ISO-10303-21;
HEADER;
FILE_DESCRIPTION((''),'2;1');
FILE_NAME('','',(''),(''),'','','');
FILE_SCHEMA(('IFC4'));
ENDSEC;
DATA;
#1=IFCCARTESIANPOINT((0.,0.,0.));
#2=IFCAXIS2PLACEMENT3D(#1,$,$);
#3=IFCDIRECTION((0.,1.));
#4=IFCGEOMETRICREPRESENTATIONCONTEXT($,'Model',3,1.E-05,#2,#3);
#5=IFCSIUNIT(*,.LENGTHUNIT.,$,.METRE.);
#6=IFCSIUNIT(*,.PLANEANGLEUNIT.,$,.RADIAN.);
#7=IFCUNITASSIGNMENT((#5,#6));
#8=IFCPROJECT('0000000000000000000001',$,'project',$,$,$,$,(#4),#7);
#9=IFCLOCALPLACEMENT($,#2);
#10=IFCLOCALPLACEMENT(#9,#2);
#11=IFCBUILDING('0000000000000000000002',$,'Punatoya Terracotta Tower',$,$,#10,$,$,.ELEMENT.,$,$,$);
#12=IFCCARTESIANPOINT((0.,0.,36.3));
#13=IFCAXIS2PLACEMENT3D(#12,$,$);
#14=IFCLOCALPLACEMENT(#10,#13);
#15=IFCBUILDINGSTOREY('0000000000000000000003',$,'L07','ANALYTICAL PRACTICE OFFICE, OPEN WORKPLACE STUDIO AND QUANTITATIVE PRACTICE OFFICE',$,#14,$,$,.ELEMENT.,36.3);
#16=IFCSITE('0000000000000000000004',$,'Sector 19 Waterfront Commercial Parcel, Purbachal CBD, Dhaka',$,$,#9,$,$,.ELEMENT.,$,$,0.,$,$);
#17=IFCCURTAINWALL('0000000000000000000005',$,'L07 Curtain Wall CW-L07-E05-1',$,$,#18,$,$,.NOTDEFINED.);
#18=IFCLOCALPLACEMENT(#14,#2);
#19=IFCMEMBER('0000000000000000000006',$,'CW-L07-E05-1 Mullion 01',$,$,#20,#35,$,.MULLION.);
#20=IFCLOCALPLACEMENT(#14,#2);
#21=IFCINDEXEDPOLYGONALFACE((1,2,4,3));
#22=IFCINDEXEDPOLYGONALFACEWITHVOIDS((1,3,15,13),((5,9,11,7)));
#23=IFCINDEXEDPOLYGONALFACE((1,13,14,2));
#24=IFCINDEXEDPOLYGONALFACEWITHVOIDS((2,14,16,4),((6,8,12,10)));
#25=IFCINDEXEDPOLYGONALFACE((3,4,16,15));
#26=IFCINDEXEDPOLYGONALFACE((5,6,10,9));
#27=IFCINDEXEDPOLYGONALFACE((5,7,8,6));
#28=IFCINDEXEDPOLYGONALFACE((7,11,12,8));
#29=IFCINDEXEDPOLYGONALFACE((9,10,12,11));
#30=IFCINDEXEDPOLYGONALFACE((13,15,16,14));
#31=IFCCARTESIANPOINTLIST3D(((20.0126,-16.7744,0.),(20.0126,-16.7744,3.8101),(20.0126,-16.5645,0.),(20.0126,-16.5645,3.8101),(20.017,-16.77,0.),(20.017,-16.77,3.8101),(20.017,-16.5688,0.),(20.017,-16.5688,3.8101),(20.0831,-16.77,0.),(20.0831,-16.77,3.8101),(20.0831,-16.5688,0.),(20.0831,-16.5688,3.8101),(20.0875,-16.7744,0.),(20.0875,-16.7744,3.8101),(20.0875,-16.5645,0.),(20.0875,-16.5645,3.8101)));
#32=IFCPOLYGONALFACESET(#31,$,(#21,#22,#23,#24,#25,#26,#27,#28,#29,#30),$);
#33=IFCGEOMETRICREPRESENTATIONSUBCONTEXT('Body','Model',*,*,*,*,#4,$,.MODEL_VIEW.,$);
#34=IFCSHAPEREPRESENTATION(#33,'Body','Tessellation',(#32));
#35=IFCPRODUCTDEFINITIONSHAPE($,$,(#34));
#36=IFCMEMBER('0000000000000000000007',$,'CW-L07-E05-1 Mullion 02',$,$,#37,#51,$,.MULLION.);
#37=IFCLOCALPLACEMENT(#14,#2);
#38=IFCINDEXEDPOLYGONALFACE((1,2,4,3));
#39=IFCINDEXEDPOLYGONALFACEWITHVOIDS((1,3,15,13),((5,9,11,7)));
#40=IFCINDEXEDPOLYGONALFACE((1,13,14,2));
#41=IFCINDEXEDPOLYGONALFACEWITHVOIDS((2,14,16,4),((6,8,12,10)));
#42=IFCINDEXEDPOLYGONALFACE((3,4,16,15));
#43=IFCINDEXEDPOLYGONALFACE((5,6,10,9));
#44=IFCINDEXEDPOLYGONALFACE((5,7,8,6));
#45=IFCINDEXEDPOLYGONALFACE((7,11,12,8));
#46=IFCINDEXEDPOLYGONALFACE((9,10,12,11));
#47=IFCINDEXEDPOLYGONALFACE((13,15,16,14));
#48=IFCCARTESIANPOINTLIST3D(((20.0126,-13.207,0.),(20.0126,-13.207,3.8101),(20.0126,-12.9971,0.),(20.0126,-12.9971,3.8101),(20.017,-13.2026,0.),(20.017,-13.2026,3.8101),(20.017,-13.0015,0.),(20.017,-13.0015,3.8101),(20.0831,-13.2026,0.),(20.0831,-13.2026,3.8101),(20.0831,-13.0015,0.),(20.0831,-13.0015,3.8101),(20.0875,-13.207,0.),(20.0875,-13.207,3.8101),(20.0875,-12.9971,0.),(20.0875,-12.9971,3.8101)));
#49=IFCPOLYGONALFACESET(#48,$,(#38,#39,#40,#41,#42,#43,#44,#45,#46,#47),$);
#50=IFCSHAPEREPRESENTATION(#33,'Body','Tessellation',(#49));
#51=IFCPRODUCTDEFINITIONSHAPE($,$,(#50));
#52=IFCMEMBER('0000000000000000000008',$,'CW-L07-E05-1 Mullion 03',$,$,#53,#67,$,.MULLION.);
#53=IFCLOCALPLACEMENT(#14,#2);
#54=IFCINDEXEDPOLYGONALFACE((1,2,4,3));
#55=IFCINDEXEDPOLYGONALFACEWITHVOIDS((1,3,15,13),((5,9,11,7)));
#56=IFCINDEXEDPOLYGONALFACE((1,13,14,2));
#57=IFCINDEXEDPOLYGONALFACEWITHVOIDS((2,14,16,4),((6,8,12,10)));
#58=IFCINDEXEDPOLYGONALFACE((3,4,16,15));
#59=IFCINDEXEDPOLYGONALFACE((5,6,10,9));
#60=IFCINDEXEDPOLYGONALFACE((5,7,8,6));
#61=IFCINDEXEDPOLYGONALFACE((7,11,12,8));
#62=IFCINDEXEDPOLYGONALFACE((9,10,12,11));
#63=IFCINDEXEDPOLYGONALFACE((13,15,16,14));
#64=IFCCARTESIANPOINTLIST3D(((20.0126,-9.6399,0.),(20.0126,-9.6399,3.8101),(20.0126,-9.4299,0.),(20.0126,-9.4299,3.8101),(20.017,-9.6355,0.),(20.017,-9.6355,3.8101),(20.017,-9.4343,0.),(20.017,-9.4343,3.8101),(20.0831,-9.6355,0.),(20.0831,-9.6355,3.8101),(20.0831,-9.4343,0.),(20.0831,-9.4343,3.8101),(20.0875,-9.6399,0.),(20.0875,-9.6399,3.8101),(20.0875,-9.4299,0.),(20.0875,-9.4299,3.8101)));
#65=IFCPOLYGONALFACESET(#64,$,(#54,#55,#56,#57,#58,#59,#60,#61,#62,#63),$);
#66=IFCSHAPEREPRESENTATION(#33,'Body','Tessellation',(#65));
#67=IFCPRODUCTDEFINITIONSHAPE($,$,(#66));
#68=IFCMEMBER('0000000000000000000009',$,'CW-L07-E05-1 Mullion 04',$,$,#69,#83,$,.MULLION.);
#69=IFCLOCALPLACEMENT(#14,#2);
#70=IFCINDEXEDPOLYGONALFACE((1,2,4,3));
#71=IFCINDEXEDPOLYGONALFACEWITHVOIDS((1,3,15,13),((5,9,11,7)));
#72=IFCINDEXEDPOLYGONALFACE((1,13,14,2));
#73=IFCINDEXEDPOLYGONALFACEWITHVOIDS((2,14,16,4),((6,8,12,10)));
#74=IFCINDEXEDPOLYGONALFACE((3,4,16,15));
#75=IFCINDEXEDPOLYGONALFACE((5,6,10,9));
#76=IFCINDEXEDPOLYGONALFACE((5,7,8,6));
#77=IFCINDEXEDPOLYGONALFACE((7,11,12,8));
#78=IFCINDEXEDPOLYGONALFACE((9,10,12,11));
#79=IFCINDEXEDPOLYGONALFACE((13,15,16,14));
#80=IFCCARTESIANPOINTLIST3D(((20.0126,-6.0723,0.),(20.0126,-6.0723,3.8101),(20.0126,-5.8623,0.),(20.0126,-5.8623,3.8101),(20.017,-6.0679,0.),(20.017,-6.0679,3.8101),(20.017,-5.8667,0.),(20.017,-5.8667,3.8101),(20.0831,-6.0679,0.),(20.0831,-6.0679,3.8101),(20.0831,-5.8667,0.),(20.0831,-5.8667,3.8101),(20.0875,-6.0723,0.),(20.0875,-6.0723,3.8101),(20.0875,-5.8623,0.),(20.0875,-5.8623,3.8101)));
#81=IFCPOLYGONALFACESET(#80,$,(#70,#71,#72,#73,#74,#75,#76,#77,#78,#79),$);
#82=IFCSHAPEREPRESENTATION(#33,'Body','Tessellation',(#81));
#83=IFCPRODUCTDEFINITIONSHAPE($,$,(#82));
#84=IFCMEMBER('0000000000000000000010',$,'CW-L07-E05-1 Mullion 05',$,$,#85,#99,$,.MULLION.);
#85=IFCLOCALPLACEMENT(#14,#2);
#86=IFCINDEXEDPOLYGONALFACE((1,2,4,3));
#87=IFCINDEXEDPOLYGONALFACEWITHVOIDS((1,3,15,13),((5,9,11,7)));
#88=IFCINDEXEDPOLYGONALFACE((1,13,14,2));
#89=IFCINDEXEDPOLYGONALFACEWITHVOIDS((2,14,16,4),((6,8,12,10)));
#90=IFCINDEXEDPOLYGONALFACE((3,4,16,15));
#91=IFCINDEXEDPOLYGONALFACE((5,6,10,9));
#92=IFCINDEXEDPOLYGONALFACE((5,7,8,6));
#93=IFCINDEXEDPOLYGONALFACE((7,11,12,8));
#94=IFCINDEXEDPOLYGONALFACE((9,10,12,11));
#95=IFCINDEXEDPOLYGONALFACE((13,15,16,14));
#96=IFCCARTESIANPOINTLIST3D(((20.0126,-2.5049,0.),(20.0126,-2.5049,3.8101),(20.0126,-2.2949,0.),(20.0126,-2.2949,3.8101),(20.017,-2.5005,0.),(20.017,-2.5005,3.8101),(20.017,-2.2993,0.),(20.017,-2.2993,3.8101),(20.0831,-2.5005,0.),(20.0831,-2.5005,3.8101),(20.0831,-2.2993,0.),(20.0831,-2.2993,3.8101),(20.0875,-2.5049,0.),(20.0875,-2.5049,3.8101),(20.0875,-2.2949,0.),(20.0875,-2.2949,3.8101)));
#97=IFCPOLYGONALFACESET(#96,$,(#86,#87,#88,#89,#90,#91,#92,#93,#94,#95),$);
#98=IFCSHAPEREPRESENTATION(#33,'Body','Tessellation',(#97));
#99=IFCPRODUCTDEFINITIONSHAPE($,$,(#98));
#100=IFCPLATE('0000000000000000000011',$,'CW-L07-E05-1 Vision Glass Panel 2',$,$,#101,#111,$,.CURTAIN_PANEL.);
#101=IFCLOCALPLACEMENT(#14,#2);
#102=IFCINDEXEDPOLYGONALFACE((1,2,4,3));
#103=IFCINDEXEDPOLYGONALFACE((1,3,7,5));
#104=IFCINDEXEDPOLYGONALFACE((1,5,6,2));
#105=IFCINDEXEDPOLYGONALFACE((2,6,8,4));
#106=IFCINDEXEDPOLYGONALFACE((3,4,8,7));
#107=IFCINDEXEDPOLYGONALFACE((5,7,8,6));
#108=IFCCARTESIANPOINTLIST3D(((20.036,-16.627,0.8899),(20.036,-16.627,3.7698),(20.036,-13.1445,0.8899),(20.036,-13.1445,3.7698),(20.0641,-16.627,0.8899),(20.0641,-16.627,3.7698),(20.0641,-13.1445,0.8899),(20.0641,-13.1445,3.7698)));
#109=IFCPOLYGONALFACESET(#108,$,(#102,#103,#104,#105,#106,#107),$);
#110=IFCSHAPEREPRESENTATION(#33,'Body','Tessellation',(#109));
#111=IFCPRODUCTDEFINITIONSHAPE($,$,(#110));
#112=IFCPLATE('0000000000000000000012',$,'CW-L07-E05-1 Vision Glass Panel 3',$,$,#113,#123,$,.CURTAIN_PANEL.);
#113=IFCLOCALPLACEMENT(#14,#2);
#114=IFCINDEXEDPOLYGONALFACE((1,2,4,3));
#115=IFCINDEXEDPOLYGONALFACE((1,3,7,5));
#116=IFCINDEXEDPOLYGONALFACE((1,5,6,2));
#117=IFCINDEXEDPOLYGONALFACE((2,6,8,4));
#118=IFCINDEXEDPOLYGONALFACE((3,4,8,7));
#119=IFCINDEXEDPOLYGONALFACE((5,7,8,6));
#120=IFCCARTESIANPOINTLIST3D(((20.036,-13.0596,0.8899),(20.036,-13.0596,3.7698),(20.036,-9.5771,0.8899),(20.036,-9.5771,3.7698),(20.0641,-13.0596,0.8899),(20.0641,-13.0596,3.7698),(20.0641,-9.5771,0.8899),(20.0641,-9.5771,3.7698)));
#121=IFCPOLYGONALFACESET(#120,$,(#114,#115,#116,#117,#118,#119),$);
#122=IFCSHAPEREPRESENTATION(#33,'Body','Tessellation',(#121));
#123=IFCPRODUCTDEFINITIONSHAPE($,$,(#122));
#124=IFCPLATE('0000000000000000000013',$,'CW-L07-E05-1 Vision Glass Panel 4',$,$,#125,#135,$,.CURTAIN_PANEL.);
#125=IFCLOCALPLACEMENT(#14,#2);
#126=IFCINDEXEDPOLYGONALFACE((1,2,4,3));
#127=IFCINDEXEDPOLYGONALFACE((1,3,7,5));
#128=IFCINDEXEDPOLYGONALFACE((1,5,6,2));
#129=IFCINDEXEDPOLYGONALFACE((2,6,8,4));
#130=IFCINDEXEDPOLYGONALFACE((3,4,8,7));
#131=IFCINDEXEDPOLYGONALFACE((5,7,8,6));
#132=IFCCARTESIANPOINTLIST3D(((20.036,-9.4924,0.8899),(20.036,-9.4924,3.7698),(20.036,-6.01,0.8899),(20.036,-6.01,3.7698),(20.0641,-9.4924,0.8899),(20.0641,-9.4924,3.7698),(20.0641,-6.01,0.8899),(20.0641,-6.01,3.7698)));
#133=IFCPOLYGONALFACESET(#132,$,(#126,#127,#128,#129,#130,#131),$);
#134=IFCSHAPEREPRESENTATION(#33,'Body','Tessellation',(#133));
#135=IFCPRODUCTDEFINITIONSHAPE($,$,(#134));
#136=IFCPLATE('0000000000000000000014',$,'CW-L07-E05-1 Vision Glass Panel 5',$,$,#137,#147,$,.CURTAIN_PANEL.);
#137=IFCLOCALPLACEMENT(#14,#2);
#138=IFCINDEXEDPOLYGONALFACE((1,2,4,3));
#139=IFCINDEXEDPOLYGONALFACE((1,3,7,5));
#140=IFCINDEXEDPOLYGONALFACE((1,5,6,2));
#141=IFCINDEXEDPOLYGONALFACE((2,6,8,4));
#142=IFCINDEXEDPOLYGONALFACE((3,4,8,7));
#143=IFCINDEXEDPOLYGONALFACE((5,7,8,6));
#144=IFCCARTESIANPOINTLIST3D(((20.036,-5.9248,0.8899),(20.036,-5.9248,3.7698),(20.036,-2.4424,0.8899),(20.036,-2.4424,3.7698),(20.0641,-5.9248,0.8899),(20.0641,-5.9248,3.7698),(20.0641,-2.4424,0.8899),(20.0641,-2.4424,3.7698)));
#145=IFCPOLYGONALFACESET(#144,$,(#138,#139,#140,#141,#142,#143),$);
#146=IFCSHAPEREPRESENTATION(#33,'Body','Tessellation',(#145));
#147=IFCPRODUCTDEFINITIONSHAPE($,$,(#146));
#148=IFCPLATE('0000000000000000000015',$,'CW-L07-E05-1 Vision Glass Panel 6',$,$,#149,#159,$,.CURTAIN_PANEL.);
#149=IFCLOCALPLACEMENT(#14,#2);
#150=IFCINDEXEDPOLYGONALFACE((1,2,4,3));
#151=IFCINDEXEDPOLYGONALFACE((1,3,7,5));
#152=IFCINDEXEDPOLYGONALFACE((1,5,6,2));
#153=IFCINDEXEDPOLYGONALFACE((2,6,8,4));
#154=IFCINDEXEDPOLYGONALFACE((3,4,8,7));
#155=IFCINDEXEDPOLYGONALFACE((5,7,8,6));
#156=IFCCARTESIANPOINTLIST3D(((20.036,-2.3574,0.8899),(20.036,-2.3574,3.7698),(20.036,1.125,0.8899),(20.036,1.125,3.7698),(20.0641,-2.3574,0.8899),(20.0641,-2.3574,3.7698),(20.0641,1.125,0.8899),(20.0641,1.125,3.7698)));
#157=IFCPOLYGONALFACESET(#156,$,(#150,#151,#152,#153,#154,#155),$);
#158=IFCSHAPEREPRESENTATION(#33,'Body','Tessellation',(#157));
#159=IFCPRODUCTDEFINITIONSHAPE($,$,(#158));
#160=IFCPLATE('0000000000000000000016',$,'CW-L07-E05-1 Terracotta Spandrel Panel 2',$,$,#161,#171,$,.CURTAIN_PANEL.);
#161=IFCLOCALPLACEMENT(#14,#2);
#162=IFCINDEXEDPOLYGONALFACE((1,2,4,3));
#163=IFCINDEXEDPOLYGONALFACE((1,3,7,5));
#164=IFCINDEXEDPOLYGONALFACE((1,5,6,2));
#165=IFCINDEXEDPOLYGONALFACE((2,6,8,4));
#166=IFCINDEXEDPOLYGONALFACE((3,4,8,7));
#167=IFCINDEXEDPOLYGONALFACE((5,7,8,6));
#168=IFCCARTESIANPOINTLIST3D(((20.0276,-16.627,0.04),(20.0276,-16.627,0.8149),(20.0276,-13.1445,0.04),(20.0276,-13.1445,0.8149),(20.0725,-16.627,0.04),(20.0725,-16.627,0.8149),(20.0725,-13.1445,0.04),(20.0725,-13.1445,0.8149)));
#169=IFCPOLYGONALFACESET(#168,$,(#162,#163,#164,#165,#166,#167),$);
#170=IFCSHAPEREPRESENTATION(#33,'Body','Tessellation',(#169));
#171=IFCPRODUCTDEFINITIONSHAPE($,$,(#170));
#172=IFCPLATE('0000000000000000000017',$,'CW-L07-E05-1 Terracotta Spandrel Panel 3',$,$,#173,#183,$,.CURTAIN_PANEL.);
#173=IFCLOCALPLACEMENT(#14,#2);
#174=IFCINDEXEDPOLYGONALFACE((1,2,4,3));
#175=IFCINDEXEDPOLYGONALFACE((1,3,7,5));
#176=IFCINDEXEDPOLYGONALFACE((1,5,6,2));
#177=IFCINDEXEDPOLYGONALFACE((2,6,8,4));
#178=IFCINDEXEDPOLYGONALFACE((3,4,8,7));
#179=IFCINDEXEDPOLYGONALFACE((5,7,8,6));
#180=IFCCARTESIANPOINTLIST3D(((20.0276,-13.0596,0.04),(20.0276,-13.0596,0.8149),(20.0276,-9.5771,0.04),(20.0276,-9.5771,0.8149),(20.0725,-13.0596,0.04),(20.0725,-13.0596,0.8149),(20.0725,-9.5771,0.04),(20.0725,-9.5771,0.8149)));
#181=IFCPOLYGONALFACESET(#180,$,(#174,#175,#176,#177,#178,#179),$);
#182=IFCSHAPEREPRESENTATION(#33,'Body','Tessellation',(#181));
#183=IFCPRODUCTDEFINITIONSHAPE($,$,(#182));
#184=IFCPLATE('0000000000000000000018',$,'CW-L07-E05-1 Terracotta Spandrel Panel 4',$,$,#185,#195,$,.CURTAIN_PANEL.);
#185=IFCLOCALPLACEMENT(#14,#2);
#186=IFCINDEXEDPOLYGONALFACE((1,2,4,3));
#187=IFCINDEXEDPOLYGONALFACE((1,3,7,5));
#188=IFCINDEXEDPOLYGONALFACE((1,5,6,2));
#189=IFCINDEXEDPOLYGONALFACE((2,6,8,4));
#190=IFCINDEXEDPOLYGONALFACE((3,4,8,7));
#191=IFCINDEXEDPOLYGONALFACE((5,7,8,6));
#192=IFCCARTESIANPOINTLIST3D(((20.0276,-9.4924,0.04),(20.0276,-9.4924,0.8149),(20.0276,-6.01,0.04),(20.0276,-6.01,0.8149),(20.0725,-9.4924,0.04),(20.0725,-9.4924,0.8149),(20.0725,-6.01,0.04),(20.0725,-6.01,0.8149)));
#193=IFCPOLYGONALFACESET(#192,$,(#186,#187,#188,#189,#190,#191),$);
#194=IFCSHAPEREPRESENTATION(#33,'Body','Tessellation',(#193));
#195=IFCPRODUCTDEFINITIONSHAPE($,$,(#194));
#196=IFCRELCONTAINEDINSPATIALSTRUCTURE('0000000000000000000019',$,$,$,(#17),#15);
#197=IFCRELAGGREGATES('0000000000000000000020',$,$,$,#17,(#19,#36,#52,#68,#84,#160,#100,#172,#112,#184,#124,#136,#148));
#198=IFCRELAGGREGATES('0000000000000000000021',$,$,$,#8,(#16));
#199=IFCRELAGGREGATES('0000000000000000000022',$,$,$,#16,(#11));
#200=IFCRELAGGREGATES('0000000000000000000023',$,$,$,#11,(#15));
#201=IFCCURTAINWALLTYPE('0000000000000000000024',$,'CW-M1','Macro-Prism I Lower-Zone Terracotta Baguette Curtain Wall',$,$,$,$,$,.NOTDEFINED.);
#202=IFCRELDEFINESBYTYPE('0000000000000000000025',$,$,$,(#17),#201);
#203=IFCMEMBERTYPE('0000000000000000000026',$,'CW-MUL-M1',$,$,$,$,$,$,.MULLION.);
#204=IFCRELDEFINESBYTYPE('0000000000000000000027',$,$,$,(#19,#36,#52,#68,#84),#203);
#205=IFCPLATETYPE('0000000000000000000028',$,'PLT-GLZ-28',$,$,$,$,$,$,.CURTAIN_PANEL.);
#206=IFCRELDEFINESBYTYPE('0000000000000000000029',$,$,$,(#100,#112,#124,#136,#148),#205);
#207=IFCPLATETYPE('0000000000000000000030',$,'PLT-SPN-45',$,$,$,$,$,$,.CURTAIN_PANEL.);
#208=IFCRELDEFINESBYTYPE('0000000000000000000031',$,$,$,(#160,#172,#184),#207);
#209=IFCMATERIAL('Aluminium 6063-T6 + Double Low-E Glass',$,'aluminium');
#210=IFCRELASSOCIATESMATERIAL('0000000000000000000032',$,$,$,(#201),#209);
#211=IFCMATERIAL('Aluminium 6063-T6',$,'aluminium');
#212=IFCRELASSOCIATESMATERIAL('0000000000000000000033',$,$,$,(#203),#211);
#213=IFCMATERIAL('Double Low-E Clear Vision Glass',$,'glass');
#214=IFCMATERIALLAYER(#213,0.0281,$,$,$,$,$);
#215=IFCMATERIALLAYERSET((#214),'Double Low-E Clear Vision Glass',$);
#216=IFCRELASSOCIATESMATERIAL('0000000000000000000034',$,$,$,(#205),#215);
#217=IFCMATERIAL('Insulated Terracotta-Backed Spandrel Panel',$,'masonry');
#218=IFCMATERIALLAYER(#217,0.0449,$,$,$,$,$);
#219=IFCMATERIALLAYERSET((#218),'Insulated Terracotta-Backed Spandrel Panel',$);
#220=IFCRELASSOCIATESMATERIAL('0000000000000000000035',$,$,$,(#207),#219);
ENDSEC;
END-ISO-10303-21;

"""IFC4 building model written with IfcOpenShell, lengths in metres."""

from ifc_helpers import new_model, si_unit, direction, frame, origin, origin_2d, place, context, subcontext, project, spatial, rectangle, hollow_rectangle, extrude, material, layer, layer_set, material_profile, profile_set, type_object, element, aggregate, save


model = new_model("IFC4")

# Units and contexts
model_context = context("Model", 3, precision=1e-05, world=origin(), true_north=direction((0.0, 1.0)))
body_context = subcontext(model_context, "Body", "Model", "MODEL_VIEW")
ifc_project = project(units=[si_unit("LENGTHUNIT", "METRE"), si_unit("PLANEANGLEUNIT", "RADIAN")], contexts=[model_context])

# Site, building, storey
site_placement = place(None, origin())
site = spatial("IfcSite", under=ifc_project, at=site_placement, Name="Sector 19 Waterfront Commercial Parcel, Purbachal CBD, Dhaka", CompositionType="ELEMENT", RefElevation=0.0)
building_placement = place(site_placement, origin())
building = spatial("IfcBuilding", under=site, at=building_placement, Name="Punatoya Terracotta Tower", CompositionType="ELEMENT")
storey_placement = place(building_placement, frame((0.0, 0.0, 36.3)))
storey = spatial("IfcBuildingStorey", under=building, at=storey_placement, Name="L07", Description="ANALYTICAL PRACTICE OFFICE, OPEN WORKPLACE STUDIO AND QUANTITATIVE PRACTICE OFFICE", CompositionType="ELEMENT", Elevation=36.3)

# Curtain wall, members, plates
ifc_material_1 = material(Name="Aluminium 6063-T6 + Double Low-E Glass", Category="aluminium")
curtain_wall_type = type_object("IfcCurtainWallType", Name="CW-M1", Description="Macro-Prism I Lower-Zone Terracotta Baguette Curtain Wall", PredefinedType="NOTDEFINED", material=ifc_material_1)
curtain_wall_placement = place(storey_placement, origin())
curtain_wall = element("IfcCurtainWall", 1, at=curtain_wall_placement, inside=storey, type_object=curtain_wall_type, Name="L07 Curtain Wall CW-L07-E05-1", PredefinedType="NOTDEFINED")
ifc_material_2 = material(Name="Aluminium 6063-T6", Category="aluminium")
ifc_material_profile_1 = material_profile(ifc_material_2, hollow_rectangle(XDim=0.075, YDim=0.21, WallThickness=0.0044, at=origin_2d()))
ifc_profile_set_1 = profile_set([ifc_material_profile_1], Name="Aluminium 6063-T6")
member_type = type_object("IfcMemberType", Name="CW-MUL-M1", PredefinedType="MULLION", material=ifc_profile_set_1)
member_1_placement = place(storey_placement, frame((20.05, -16.6694, 0.0), z_axis=(0.0, 0.0, 1.0), x_axis=(1.0, 0.0, 0.0)))
member_1 = element("IfcMember", 2, at=member_1_placement, type_object=member_type, Name="CW-L07-E05-1 Mullion 01", PredefinedType="MULLION", context=body_context, shape_type="SweptSolid", body=[
    extrude(hollow_rectangle(XDim=0.075, YDim=0.21, WallThickness=0.0044, at=origin_2d()), origin(), (0.0, 0.0, 1.0), 3.8101),
])
member_2_placement = place(storey_placement, frame((20.05, -13.1021, 0.0), z_axis=(0.0, 0.0, 1.0), x_axis=(1.0, 0.0, 0.0)))
member_2 = element("IfcMember", 3, at=member_2_placement, type_object=member_type, Name="CW-L07-E05-1 Mullion 02", PredefinedType="MULLION", context=body_context, shape_type="SweptSolid", body=[
    extrude(hollow_rectangle(XDim=0.075, YDim=0.21, WallThickness=0.0044, at=origin_2d()), origin(), (0.0, 0.0, 1.0), 3.8101),
])
member_3_placement = place(storey_placement, frame((20.05, -9.5349, 0.0), z_axis=(0.0, 0.0, 1.0), x_axis=(1.0, 0.0, 0.0)))
member_3 = element("IfcMember", 4, at=member_3_placement, type_object=member_type, Name="CW-L07-E05-1 Mullion 03", PredefinedType="MULLION", context=body_context, shape_type="SweptSolid", body=[
    extrude(hollow_rectangle(XDim=0.075, YDim=0.21, WallThickness=0.0044, at=origin_2d()), origin(), (0.0, 0.0, 1.0), 3.8101),
])
member_4_placement = place(storey_placement, frame((20.05, -5.9673, 0.0), z_axis=(0.0, 0.0, 1.0), x_axis=(1.0, 0.0, 0.0)))
member_4 = element("IfcMember", 5, at=member_4_placement, type_object=member_type, Name="CW-L07-E05-1 Mullion 04", PredefinedType="MULLION", context=body_context, shape_type="SweptSolid", body=[
    extrude(hollow_rectangle(XDim=0.075, YDim=0.21, WallThickness=0.0044, at=origin_2d()), origin(), (0.0, 0.0, 1.0), 3.8101),
])
member_5_placement = place(storey_placement, frame((20.05, -2.3999, 0.0), z_axis=(0.0, 0.0, 1.0), x_axis=(1.0, 0.0, 0.0)))
member_5 = element("IfcMember", 6, at=member_5_placement, type_object=member_type, Name="CW-L07-E05-1 Mullion 05", PredefinedType="MULLION", context=body_context, shape_type="SweptSolid", body=[
    extrude(hollow_rectangle(XDim=0.075, YDim=0.21, WallThickness=0.0044, at=origin_2d()), origin(), (0.0, 0.0, 1.0), 3.8101),
])
ifc_material_3 = material(Name="Double Low-E Clear Vision Glass", Category="glass")
ifc_layer_1 = layer(ifc_material_3, 0.0281)
ifc_layer_set_1 = layer_set([ifc_layer_1], Name="Double Low-E Clear Vision Glass")
plate_type_1 = type_object("IfcPlateType", Name="PLT-GLZ-28", PredefinedType="CURTAIN_PANEL", material=ifc_layer_set_1)
plate_1_placement = place(storey_placement, frame((20.05, -14.8857, 0.8899), z_axis=(0.0, 0.0, 1.0), x_axis=(0.0, 1.0, 0.0)))
plate_1 = element("IfcPlate", 7, at=plate_1_placement, type_object=plate_type_1, Name="CW-L07-E05-1 Vision Glass Panel 2", PredefinedType="CURTAIN_PANEL", context=body_context, shape_type="SweptSolid", body=[
    extrude(rectangle(XDim=3.4824, YDim=0.0281, at=origin_2d()), origin(), (0.0, 0.0, 1.0), 2.8799),
])
plate_2_placement = place(storey_placement, frame((20.05, -11.3184, 0.8899), z_axis=(0.0, 0.0, 1.0), x_axis=(0.0, 1.0, 0.0)))
plate_2 = element("IfcPlate", 8, at=plate_2_placement, type_object=plate_type_1, Name="CW-L07-E05-1 Vision Glass Panel 3", PredefinedType="CURTAIN_PANEL", context=body_context, shape_type="SweptSolid", body=[
    extrude(rectangle(XDim=3.4824, YDim=0.0281, at=origin_2d()), origin(), (0.0, 0.0, 1.0), 2.8799),
])
plate_3_placement = place(storey_placement, frame((20.05, -7.7512, 0.8899), z_axis=(0.0, 0.0, 1.0), x_axis=(0.0, 1.0, 0.0)))
plate_3 = element("IfcPlate", 9, at=plate_3_placement, type_object=plate_type_1, Name="CW-L07-E05-1 Vision Glass Panel 4", PredefinedType="CURTAIN_PANEL", context=body_context, shape_type="SweptSolid", body=[
    extrude(rectangle(XDim=3.4824, YDim=0.0281, at=origin_2d()), origin(), (0.0, 0.0, 1.0), 2.8799),
])
plate_4_placement = place(storey_placement, frame((20.05, -4.1836, 0.8899), z_axis=(0.0, 0.0, 1.0), x_axis=(0.0, 1.0, 0.0)))
plate_4 = element("IfcPlate", 10, at=plate_4_placement, type_object=plate_type_1, Name="CW-L07-E05-1 Vision Glass Panel 5", PredefinedType="CURTAIN_PANEL", context=body_context, shape_type="SweptSolid", body=[
    extrude(rectangle(XDim=3.4824, YDim=0.0281, at=origin_2d()), origin(), (0.0, 0.0, 1.0), 2.8799),
])
plate_5_placement = place(storey_placement, frame((20.05, -0.6162, 0.8899), z_axis=(0.0, 0.0, 1.0), x_axis=(0.0, 1.0, 0.0)))
plate_5 = element("IfcPlate", 11, at=plate_5_placement, type_object=plate_type_1, Name="CW-L07-E05-1 Vision Glass Panel 6", PredefinedType="CURTAIN_PANEL", context=body_context, shape_type="SweptSolid", body=[
    extrude(rectangle(XDim=3.4824, YDim=0.0281, at=origin_2d()), origin(), (0.0, 0.0, 1.0), 2.8799),
])
ifc_material_4 = material(Name="Insulated Terracotta-Backed Spandrel Panel", Category="masonry")
ifc_layer_2 = layer(ifc_material_4, 0.0449)
ifc_layer_set_2 = layer_set([ifc_layer_2], Name="Insulated Terracotta-Backed Spandrel Panel")
plate_type_2 = type_object("IfcPlateType", Name="PLT-SPN-45", PredefinedType="CURTAIN_PANEL", material=ifc_layer_set_2)
plate_6_placement = place(storey_placement, frame((20.05, -14.8857, 0.04), z_axis=(0.0, 0.0, 1.0), x_axis=(0.0, 1.0, 0.0)))
plate_6 = element("IfcPlate", 12, at=plate_6_placement, type_object=plate_type_2, Name="CW-L07-E05-1 Terracotta Spandrel Panel 2", PredefinedType="CURTAIN_PANEL", context=body_context, shape_type="SweptSolid", body=[
    extrude(rectangle(XDim=3.4824, YDim=0.0449, at=origin_2d()), origin(), (0.0, 0.0, 1.0), 0.7749),
])
plate_7_placement = place(storey_placement, frame((20.05, -11.3184, 0.04), z_axis=(0.0, 0.0, 1.0), x_axis=(0.0, 1.0, 0.0)))
plate_7 = element("IfcPlate", 13, at=plate_7_placement, type_object=plate_type_2, Name="CW-L07-E05-1 Terracotta Spandrel Panel 3", PredefinedType="CURTAIN_PANEL", context=body_context, shape_type="SweptSolid", body=[
    extrude(rectangle(XDim=3.4824, YDim=0.0449, at=origin_2d()), origin(), (0.0, 0.0, 1.0), 0.7749),
])
plate_8_placement = place(storey_placement, frame((20.05, -7.7512, 0.04), z_axis=(0.0, 0.0, 1.0), x_axis=(0.0, 1.0, 0.0)))
plate_8 = element("IfcPlate", 14, at=plate_8_placement, type_object=plate_type_2, Name="CW-L07-E05-1 Terracotta Spandrel Panel 4", PredefinedType="CURTAIN_PANEL", context=body_context, shape_type="SweptSolid", body=[
    extrude(rectangle(XDim=3.4824, YDim=0.0449, at=origin_2d()), origin(), (0.0, 0.0, 1.0), 0.7749),
])
aggregate(curtain_wall, [member_1, member_2, member_3, member_4, member_5, plate_6, plate_1, plate_7, plate_2, plate_8, plate_3, plate_4, plate_5])

save(model, "model.ifc")
